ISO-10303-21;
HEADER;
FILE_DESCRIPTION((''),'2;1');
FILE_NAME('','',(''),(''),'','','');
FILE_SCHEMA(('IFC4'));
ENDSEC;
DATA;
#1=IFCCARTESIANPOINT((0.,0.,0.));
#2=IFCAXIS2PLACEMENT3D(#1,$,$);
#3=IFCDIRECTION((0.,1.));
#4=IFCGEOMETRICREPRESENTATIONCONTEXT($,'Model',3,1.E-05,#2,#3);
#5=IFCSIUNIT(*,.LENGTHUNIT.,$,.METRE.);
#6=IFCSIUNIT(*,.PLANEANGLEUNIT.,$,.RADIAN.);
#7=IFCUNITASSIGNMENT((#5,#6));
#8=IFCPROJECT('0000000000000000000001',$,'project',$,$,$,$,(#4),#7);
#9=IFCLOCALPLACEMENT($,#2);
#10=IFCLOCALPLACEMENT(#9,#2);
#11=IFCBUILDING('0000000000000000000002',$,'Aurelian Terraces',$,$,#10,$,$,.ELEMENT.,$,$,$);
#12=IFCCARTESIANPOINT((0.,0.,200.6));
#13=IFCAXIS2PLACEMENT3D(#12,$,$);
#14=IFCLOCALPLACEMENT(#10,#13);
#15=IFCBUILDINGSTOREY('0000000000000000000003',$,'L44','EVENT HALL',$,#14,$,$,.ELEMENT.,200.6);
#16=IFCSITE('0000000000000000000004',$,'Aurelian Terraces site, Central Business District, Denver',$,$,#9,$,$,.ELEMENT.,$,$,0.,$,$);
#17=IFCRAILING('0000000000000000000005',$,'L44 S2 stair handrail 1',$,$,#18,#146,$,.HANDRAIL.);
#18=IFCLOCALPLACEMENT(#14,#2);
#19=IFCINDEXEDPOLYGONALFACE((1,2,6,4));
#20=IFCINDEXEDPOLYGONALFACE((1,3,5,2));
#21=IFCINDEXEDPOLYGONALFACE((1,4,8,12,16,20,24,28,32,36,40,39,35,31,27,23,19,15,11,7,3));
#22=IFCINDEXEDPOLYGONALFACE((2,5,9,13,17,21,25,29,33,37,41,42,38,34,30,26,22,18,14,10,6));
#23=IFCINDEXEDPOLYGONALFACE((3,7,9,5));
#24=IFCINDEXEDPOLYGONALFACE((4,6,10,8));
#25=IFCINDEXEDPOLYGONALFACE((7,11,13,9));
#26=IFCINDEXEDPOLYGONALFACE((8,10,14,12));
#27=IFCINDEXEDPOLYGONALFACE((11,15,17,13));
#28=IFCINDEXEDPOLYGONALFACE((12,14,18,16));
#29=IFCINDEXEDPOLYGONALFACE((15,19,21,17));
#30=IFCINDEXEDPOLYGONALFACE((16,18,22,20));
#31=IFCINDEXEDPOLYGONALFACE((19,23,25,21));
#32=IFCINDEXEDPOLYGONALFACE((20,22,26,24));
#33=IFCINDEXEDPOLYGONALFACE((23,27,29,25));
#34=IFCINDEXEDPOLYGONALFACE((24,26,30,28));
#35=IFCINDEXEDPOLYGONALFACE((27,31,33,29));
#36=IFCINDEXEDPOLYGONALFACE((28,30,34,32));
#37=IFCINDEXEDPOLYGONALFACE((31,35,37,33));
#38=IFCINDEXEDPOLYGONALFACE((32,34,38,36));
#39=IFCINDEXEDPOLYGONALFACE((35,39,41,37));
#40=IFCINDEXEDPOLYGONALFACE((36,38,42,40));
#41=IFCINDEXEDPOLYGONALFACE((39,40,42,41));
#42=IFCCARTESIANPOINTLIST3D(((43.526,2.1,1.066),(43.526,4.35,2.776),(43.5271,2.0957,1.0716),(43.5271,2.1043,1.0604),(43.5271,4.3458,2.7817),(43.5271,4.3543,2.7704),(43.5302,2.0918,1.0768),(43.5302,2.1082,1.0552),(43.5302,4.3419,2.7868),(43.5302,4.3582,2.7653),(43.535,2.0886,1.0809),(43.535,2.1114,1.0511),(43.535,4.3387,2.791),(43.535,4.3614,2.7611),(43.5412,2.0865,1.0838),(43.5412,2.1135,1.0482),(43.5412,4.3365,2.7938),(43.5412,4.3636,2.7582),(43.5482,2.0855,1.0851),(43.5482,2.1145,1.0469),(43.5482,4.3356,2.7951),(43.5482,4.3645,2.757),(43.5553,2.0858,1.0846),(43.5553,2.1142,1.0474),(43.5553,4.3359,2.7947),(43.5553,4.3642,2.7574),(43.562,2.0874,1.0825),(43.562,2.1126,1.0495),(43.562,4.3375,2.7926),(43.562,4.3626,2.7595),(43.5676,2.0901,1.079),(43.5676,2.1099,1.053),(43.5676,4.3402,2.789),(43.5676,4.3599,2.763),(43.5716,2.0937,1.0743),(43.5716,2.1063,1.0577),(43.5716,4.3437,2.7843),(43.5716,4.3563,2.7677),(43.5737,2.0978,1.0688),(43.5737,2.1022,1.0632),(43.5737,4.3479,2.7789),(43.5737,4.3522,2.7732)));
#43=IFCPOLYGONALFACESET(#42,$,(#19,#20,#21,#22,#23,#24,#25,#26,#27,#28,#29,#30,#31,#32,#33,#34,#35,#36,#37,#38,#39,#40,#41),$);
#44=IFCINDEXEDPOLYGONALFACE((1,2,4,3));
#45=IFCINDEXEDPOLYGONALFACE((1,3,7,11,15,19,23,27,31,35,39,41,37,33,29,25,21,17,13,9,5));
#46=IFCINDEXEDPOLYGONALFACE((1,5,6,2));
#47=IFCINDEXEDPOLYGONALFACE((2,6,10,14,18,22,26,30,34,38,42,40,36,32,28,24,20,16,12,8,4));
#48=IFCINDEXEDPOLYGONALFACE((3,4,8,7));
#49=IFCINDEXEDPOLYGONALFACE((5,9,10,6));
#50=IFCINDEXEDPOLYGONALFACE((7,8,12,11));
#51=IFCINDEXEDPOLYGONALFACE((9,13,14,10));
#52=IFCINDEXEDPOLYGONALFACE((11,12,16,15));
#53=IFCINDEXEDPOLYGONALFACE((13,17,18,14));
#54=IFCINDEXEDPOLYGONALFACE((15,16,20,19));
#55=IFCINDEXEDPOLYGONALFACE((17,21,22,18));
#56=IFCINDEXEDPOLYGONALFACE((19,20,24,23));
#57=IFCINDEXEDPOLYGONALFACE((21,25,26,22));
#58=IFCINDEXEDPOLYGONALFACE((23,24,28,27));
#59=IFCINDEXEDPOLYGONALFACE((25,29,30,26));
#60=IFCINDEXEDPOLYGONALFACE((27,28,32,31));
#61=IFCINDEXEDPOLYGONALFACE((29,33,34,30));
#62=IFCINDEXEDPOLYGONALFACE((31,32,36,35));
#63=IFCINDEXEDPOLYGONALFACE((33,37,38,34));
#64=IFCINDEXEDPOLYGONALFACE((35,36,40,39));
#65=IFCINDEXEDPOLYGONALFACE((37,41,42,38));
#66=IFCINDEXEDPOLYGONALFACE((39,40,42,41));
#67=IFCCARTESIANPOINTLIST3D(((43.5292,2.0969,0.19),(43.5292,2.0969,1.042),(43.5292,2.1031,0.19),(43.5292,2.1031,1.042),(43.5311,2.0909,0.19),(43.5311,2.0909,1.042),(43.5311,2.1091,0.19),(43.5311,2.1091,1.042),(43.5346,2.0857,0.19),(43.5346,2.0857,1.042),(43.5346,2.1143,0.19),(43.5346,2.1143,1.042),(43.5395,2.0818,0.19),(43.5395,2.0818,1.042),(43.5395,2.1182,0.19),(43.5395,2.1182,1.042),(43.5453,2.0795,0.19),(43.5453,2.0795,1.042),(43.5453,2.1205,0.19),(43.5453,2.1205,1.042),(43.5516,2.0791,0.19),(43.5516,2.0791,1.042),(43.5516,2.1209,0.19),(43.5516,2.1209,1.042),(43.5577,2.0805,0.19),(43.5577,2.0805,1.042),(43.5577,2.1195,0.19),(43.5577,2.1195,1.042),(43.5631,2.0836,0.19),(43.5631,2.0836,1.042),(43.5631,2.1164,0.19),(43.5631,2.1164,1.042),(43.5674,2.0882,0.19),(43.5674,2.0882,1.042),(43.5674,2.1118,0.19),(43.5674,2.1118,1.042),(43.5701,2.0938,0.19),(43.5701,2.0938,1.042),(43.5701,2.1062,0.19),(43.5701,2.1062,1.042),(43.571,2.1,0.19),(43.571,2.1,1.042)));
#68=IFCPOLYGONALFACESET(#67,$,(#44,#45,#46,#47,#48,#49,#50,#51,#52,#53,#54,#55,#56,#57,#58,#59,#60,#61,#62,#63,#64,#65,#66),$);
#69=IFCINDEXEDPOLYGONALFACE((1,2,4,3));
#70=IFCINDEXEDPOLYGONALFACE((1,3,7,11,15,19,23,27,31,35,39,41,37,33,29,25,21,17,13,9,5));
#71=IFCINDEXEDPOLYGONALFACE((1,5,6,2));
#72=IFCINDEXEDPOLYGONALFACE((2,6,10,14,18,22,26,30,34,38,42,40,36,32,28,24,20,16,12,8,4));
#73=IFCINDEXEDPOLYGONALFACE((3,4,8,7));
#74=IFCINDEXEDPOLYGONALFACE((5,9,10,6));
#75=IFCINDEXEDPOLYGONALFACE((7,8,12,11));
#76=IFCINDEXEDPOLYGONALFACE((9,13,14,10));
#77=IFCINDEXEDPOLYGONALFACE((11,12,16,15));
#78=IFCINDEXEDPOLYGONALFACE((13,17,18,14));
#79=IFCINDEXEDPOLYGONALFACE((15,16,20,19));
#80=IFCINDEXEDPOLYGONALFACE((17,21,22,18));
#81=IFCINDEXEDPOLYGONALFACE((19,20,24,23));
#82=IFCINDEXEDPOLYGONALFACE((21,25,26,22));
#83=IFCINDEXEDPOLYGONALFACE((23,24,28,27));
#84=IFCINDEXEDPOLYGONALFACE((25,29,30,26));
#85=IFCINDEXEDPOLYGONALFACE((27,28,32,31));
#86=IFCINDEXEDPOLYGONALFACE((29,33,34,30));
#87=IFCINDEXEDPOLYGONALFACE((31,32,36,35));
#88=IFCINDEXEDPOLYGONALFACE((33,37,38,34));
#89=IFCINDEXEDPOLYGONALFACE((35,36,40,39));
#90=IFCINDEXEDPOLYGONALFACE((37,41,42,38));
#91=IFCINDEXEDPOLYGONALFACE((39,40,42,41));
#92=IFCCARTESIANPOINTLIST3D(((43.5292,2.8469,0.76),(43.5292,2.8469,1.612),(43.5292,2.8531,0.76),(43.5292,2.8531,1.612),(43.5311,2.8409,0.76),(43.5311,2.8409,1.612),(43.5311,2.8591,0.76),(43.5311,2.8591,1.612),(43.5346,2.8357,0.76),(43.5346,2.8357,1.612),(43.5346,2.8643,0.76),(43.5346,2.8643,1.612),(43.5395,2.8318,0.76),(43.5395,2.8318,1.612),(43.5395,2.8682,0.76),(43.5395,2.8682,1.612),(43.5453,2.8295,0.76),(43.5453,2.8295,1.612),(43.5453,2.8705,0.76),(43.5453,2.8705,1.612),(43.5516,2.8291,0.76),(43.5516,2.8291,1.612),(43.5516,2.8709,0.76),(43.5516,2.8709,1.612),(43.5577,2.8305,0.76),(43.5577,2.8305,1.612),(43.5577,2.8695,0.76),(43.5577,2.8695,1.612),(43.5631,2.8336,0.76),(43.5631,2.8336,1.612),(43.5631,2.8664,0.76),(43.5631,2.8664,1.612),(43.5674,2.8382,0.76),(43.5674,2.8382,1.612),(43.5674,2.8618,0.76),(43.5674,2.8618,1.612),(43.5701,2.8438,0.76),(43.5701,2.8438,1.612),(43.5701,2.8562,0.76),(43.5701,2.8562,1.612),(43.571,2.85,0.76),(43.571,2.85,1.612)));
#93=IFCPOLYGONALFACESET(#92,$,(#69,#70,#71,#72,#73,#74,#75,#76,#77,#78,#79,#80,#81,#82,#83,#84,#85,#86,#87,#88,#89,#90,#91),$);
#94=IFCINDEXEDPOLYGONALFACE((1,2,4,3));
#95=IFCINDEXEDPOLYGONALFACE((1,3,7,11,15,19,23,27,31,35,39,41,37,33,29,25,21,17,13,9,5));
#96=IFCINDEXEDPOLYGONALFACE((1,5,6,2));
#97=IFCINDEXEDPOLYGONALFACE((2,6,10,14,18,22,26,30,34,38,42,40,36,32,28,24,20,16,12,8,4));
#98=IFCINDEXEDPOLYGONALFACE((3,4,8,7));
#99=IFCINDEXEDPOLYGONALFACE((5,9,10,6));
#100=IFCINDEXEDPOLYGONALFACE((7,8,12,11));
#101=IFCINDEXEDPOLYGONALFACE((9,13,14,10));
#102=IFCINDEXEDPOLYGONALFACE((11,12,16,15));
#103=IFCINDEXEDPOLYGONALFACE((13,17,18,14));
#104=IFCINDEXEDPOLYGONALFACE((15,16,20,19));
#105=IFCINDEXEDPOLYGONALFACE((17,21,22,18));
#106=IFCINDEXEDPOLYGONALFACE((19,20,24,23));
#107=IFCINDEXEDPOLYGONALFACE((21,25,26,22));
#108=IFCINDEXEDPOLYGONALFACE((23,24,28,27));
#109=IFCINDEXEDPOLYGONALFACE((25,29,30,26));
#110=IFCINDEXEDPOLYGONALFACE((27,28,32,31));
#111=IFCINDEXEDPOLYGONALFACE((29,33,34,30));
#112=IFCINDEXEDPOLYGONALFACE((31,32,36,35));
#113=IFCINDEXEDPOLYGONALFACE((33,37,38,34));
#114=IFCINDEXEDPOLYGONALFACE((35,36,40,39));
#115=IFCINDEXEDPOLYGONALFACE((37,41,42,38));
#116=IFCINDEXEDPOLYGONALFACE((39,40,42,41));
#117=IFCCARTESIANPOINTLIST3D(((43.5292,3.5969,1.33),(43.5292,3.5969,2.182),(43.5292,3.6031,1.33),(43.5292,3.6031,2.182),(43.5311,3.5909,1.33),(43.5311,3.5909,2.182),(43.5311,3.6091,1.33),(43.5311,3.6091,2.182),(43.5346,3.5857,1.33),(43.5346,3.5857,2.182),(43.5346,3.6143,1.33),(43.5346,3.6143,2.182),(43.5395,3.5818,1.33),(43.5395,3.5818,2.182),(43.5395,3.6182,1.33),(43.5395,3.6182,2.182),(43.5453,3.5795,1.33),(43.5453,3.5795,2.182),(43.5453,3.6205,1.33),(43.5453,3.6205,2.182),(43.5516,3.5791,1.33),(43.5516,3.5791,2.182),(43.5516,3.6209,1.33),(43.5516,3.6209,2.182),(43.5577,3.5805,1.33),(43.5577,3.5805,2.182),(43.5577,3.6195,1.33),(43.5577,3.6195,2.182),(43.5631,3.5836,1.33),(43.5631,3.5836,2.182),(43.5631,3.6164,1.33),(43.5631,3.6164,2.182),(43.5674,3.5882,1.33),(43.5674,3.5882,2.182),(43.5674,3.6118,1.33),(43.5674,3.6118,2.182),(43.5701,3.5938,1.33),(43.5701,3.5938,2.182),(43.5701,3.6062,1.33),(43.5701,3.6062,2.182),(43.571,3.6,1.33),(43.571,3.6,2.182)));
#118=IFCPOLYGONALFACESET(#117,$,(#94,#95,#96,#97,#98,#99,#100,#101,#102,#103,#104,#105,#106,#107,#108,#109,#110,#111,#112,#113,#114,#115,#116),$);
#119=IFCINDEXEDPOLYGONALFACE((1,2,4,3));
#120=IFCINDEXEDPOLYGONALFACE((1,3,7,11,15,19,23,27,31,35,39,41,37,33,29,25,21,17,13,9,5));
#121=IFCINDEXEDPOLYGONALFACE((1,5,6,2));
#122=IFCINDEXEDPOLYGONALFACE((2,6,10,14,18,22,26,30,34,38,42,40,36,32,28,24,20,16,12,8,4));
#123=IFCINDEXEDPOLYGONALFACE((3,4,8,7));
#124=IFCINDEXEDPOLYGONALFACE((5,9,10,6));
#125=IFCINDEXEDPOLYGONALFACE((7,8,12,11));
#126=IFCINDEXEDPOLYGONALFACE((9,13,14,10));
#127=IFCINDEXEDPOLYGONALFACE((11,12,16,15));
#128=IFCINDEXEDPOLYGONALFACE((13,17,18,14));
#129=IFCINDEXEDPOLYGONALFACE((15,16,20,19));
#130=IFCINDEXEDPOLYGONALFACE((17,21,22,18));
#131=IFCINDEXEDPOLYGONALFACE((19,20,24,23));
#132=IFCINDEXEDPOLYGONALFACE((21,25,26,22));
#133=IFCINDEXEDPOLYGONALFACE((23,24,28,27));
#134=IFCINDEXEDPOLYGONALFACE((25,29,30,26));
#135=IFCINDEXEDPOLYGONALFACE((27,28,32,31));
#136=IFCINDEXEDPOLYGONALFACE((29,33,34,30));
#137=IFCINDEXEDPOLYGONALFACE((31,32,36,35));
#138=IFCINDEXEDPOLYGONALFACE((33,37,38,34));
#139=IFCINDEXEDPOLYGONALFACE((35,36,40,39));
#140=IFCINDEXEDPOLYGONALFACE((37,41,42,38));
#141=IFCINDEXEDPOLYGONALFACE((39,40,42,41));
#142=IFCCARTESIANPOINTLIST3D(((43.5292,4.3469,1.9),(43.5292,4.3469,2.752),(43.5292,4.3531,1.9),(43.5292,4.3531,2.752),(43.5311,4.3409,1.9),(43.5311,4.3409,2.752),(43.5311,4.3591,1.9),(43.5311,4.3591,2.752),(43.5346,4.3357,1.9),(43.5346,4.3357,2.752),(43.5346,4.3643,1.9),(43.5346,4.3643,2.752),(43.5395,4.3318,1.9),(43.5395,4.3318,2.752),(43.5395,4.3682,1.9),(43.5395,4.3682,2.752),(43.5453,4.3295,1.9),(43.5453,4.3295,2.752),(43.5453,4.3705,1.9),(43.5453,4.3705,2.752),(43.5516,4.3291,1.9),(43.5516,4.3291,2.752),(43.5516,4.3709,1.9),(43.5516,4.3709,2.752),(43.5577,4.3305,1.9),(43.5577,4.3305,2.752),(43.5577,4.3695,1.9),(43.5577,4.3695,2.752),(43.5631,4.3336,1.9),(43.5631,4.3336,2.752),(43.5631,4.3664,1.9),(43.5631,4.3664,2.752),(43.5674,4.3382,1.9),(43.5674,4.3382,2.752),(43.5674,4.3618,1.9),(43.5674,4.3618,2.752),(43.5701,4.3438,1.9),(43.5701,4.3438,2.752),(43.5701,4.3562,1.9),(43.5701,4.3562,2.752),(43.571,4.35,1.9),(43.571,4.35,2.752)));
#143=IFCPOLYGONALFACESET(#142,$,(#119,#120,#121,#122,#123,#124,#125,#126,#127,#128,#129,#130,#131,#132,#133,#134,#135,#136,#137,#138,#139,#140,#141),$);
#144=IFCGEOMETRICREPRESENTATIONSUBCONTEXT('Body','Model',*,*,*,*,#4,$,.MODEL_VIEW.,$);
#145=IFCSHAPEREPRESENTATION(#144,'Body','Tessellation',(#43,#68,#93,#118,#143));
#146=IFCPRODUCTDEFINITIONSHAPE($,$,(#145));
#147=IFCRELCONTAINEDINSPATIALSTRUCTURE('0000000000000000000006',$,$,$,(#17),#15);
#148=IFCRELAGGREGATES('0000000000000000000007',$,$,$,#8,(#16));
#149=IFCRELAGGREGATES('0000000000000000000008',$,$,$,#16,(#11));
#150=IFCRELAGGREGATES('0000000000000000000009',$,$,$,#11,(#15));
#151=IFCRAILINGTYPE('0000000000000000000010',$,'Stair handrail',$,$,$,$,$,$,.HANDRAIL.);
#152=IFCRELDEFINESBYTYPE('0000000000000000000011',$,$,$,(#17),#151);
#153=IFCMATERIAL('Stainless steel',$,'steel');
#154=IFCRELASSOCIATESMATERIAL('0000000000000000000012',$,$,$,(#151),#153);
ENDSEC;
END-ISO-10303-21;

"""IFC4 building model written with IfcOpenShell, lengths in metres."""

from ifc_helpers import new_model, si_unit, direction, frame, origin, origin_2d, place, context, subcontext, project, spatial, circle, extrude, source, transform, mapped, material, type_object, element, save


model = new_model("IFC4")

# Units and contexts
model_context = context("Model", 3, precision=1e-05, world=origin(), true_north=direction((0.0, 1.0)))
body_context = subcontext(model_context, "Body", "Model", "MODEL_VIEW")
ifc_project = project(units=[si_unit("LENGTHUNIT", "METRE"), si_unit("PLANEANGLEUNIT", "RADIAN")], contexts=[model_context])

# Site, building, storey
site_placement = place(None, origin())
site = spatial("IfcSite", under=ifc_project, at=site_placement, Name="Aurelian Terraces site, Central Business District, Denver", CompositionType="ELEMENT", RefElevation=0.0)
building_placement = place(site_placement, origin())
building = spatial("IfcBuilding", under=site, at=building_placement, Name="Aurelian Terraces", CompositionType="ELEMENT")
storey_placement = place(building_placement, frame((0.0, 0.0, 200.6)))
storey = spatial("IfcBuildingStorey", under=building, at=storey_placement, Name="L44", Description="EVENT HALL", CompositionType="ELEMENT", Elevation=200.6)

# Railing
ifc_material_1 = material(Name="Stainless steel", Category="steel")
railing_type_1 = type_object("IfcRailingType", Name="Stair handrail", PredefinedType="HANDRAIL", material=ifc_material_1)
shared_shape_1 = source(origin(), body_context, "Body", "SweptSolid", [
    extrude(circle(Radius=0.024, at=origin_2d()), frame((0.0, 0.0, 0.876), z_axis=(0.0, 0.796162, 0.605083), x_axis=(-1.0, 0.0, 0.0)), (0.0, 0.0, 1.0), 2.8261),
    extrude(circle(Radius=0.021, at=origin_2d()), origin(), (0.0, 0.0, 1.0), 0.852),
    extrude(circle(Radius=0.021, at=origin_2d()), frame((0.0, 0.75, 0.57)), (0.0, 0.0, 1.0), 0.852),
    extrude(circle(Radius=0.021, at=origin_2d()), frame((0.0, 1.5, 1.14)), (0.0, 0.0, 1.0), 0.852),
    extrude(circle(Radius=0.021, at=origin_2d()), frame((0.0, 2.25, 1.71)), (0.0, 0.0, 1.0), 0.852),
])
railing_1_placement = place(storey_placement, frame((43.55, 2.1, 0.19)))
element("IfcRailing", 1, at=railing_1_placement, inside=storey, type_object=railing_type_1, Name="L44 S2 stair handrail 1", PredefinedType="HANDRAIL", context=body_context, shape_type="MappedRepresentation", body=[
    mapped(shared_shape_1, transform((0.0, 0.0, 0.0), scale=1.0)),
])

save(model, "model.ifc")
